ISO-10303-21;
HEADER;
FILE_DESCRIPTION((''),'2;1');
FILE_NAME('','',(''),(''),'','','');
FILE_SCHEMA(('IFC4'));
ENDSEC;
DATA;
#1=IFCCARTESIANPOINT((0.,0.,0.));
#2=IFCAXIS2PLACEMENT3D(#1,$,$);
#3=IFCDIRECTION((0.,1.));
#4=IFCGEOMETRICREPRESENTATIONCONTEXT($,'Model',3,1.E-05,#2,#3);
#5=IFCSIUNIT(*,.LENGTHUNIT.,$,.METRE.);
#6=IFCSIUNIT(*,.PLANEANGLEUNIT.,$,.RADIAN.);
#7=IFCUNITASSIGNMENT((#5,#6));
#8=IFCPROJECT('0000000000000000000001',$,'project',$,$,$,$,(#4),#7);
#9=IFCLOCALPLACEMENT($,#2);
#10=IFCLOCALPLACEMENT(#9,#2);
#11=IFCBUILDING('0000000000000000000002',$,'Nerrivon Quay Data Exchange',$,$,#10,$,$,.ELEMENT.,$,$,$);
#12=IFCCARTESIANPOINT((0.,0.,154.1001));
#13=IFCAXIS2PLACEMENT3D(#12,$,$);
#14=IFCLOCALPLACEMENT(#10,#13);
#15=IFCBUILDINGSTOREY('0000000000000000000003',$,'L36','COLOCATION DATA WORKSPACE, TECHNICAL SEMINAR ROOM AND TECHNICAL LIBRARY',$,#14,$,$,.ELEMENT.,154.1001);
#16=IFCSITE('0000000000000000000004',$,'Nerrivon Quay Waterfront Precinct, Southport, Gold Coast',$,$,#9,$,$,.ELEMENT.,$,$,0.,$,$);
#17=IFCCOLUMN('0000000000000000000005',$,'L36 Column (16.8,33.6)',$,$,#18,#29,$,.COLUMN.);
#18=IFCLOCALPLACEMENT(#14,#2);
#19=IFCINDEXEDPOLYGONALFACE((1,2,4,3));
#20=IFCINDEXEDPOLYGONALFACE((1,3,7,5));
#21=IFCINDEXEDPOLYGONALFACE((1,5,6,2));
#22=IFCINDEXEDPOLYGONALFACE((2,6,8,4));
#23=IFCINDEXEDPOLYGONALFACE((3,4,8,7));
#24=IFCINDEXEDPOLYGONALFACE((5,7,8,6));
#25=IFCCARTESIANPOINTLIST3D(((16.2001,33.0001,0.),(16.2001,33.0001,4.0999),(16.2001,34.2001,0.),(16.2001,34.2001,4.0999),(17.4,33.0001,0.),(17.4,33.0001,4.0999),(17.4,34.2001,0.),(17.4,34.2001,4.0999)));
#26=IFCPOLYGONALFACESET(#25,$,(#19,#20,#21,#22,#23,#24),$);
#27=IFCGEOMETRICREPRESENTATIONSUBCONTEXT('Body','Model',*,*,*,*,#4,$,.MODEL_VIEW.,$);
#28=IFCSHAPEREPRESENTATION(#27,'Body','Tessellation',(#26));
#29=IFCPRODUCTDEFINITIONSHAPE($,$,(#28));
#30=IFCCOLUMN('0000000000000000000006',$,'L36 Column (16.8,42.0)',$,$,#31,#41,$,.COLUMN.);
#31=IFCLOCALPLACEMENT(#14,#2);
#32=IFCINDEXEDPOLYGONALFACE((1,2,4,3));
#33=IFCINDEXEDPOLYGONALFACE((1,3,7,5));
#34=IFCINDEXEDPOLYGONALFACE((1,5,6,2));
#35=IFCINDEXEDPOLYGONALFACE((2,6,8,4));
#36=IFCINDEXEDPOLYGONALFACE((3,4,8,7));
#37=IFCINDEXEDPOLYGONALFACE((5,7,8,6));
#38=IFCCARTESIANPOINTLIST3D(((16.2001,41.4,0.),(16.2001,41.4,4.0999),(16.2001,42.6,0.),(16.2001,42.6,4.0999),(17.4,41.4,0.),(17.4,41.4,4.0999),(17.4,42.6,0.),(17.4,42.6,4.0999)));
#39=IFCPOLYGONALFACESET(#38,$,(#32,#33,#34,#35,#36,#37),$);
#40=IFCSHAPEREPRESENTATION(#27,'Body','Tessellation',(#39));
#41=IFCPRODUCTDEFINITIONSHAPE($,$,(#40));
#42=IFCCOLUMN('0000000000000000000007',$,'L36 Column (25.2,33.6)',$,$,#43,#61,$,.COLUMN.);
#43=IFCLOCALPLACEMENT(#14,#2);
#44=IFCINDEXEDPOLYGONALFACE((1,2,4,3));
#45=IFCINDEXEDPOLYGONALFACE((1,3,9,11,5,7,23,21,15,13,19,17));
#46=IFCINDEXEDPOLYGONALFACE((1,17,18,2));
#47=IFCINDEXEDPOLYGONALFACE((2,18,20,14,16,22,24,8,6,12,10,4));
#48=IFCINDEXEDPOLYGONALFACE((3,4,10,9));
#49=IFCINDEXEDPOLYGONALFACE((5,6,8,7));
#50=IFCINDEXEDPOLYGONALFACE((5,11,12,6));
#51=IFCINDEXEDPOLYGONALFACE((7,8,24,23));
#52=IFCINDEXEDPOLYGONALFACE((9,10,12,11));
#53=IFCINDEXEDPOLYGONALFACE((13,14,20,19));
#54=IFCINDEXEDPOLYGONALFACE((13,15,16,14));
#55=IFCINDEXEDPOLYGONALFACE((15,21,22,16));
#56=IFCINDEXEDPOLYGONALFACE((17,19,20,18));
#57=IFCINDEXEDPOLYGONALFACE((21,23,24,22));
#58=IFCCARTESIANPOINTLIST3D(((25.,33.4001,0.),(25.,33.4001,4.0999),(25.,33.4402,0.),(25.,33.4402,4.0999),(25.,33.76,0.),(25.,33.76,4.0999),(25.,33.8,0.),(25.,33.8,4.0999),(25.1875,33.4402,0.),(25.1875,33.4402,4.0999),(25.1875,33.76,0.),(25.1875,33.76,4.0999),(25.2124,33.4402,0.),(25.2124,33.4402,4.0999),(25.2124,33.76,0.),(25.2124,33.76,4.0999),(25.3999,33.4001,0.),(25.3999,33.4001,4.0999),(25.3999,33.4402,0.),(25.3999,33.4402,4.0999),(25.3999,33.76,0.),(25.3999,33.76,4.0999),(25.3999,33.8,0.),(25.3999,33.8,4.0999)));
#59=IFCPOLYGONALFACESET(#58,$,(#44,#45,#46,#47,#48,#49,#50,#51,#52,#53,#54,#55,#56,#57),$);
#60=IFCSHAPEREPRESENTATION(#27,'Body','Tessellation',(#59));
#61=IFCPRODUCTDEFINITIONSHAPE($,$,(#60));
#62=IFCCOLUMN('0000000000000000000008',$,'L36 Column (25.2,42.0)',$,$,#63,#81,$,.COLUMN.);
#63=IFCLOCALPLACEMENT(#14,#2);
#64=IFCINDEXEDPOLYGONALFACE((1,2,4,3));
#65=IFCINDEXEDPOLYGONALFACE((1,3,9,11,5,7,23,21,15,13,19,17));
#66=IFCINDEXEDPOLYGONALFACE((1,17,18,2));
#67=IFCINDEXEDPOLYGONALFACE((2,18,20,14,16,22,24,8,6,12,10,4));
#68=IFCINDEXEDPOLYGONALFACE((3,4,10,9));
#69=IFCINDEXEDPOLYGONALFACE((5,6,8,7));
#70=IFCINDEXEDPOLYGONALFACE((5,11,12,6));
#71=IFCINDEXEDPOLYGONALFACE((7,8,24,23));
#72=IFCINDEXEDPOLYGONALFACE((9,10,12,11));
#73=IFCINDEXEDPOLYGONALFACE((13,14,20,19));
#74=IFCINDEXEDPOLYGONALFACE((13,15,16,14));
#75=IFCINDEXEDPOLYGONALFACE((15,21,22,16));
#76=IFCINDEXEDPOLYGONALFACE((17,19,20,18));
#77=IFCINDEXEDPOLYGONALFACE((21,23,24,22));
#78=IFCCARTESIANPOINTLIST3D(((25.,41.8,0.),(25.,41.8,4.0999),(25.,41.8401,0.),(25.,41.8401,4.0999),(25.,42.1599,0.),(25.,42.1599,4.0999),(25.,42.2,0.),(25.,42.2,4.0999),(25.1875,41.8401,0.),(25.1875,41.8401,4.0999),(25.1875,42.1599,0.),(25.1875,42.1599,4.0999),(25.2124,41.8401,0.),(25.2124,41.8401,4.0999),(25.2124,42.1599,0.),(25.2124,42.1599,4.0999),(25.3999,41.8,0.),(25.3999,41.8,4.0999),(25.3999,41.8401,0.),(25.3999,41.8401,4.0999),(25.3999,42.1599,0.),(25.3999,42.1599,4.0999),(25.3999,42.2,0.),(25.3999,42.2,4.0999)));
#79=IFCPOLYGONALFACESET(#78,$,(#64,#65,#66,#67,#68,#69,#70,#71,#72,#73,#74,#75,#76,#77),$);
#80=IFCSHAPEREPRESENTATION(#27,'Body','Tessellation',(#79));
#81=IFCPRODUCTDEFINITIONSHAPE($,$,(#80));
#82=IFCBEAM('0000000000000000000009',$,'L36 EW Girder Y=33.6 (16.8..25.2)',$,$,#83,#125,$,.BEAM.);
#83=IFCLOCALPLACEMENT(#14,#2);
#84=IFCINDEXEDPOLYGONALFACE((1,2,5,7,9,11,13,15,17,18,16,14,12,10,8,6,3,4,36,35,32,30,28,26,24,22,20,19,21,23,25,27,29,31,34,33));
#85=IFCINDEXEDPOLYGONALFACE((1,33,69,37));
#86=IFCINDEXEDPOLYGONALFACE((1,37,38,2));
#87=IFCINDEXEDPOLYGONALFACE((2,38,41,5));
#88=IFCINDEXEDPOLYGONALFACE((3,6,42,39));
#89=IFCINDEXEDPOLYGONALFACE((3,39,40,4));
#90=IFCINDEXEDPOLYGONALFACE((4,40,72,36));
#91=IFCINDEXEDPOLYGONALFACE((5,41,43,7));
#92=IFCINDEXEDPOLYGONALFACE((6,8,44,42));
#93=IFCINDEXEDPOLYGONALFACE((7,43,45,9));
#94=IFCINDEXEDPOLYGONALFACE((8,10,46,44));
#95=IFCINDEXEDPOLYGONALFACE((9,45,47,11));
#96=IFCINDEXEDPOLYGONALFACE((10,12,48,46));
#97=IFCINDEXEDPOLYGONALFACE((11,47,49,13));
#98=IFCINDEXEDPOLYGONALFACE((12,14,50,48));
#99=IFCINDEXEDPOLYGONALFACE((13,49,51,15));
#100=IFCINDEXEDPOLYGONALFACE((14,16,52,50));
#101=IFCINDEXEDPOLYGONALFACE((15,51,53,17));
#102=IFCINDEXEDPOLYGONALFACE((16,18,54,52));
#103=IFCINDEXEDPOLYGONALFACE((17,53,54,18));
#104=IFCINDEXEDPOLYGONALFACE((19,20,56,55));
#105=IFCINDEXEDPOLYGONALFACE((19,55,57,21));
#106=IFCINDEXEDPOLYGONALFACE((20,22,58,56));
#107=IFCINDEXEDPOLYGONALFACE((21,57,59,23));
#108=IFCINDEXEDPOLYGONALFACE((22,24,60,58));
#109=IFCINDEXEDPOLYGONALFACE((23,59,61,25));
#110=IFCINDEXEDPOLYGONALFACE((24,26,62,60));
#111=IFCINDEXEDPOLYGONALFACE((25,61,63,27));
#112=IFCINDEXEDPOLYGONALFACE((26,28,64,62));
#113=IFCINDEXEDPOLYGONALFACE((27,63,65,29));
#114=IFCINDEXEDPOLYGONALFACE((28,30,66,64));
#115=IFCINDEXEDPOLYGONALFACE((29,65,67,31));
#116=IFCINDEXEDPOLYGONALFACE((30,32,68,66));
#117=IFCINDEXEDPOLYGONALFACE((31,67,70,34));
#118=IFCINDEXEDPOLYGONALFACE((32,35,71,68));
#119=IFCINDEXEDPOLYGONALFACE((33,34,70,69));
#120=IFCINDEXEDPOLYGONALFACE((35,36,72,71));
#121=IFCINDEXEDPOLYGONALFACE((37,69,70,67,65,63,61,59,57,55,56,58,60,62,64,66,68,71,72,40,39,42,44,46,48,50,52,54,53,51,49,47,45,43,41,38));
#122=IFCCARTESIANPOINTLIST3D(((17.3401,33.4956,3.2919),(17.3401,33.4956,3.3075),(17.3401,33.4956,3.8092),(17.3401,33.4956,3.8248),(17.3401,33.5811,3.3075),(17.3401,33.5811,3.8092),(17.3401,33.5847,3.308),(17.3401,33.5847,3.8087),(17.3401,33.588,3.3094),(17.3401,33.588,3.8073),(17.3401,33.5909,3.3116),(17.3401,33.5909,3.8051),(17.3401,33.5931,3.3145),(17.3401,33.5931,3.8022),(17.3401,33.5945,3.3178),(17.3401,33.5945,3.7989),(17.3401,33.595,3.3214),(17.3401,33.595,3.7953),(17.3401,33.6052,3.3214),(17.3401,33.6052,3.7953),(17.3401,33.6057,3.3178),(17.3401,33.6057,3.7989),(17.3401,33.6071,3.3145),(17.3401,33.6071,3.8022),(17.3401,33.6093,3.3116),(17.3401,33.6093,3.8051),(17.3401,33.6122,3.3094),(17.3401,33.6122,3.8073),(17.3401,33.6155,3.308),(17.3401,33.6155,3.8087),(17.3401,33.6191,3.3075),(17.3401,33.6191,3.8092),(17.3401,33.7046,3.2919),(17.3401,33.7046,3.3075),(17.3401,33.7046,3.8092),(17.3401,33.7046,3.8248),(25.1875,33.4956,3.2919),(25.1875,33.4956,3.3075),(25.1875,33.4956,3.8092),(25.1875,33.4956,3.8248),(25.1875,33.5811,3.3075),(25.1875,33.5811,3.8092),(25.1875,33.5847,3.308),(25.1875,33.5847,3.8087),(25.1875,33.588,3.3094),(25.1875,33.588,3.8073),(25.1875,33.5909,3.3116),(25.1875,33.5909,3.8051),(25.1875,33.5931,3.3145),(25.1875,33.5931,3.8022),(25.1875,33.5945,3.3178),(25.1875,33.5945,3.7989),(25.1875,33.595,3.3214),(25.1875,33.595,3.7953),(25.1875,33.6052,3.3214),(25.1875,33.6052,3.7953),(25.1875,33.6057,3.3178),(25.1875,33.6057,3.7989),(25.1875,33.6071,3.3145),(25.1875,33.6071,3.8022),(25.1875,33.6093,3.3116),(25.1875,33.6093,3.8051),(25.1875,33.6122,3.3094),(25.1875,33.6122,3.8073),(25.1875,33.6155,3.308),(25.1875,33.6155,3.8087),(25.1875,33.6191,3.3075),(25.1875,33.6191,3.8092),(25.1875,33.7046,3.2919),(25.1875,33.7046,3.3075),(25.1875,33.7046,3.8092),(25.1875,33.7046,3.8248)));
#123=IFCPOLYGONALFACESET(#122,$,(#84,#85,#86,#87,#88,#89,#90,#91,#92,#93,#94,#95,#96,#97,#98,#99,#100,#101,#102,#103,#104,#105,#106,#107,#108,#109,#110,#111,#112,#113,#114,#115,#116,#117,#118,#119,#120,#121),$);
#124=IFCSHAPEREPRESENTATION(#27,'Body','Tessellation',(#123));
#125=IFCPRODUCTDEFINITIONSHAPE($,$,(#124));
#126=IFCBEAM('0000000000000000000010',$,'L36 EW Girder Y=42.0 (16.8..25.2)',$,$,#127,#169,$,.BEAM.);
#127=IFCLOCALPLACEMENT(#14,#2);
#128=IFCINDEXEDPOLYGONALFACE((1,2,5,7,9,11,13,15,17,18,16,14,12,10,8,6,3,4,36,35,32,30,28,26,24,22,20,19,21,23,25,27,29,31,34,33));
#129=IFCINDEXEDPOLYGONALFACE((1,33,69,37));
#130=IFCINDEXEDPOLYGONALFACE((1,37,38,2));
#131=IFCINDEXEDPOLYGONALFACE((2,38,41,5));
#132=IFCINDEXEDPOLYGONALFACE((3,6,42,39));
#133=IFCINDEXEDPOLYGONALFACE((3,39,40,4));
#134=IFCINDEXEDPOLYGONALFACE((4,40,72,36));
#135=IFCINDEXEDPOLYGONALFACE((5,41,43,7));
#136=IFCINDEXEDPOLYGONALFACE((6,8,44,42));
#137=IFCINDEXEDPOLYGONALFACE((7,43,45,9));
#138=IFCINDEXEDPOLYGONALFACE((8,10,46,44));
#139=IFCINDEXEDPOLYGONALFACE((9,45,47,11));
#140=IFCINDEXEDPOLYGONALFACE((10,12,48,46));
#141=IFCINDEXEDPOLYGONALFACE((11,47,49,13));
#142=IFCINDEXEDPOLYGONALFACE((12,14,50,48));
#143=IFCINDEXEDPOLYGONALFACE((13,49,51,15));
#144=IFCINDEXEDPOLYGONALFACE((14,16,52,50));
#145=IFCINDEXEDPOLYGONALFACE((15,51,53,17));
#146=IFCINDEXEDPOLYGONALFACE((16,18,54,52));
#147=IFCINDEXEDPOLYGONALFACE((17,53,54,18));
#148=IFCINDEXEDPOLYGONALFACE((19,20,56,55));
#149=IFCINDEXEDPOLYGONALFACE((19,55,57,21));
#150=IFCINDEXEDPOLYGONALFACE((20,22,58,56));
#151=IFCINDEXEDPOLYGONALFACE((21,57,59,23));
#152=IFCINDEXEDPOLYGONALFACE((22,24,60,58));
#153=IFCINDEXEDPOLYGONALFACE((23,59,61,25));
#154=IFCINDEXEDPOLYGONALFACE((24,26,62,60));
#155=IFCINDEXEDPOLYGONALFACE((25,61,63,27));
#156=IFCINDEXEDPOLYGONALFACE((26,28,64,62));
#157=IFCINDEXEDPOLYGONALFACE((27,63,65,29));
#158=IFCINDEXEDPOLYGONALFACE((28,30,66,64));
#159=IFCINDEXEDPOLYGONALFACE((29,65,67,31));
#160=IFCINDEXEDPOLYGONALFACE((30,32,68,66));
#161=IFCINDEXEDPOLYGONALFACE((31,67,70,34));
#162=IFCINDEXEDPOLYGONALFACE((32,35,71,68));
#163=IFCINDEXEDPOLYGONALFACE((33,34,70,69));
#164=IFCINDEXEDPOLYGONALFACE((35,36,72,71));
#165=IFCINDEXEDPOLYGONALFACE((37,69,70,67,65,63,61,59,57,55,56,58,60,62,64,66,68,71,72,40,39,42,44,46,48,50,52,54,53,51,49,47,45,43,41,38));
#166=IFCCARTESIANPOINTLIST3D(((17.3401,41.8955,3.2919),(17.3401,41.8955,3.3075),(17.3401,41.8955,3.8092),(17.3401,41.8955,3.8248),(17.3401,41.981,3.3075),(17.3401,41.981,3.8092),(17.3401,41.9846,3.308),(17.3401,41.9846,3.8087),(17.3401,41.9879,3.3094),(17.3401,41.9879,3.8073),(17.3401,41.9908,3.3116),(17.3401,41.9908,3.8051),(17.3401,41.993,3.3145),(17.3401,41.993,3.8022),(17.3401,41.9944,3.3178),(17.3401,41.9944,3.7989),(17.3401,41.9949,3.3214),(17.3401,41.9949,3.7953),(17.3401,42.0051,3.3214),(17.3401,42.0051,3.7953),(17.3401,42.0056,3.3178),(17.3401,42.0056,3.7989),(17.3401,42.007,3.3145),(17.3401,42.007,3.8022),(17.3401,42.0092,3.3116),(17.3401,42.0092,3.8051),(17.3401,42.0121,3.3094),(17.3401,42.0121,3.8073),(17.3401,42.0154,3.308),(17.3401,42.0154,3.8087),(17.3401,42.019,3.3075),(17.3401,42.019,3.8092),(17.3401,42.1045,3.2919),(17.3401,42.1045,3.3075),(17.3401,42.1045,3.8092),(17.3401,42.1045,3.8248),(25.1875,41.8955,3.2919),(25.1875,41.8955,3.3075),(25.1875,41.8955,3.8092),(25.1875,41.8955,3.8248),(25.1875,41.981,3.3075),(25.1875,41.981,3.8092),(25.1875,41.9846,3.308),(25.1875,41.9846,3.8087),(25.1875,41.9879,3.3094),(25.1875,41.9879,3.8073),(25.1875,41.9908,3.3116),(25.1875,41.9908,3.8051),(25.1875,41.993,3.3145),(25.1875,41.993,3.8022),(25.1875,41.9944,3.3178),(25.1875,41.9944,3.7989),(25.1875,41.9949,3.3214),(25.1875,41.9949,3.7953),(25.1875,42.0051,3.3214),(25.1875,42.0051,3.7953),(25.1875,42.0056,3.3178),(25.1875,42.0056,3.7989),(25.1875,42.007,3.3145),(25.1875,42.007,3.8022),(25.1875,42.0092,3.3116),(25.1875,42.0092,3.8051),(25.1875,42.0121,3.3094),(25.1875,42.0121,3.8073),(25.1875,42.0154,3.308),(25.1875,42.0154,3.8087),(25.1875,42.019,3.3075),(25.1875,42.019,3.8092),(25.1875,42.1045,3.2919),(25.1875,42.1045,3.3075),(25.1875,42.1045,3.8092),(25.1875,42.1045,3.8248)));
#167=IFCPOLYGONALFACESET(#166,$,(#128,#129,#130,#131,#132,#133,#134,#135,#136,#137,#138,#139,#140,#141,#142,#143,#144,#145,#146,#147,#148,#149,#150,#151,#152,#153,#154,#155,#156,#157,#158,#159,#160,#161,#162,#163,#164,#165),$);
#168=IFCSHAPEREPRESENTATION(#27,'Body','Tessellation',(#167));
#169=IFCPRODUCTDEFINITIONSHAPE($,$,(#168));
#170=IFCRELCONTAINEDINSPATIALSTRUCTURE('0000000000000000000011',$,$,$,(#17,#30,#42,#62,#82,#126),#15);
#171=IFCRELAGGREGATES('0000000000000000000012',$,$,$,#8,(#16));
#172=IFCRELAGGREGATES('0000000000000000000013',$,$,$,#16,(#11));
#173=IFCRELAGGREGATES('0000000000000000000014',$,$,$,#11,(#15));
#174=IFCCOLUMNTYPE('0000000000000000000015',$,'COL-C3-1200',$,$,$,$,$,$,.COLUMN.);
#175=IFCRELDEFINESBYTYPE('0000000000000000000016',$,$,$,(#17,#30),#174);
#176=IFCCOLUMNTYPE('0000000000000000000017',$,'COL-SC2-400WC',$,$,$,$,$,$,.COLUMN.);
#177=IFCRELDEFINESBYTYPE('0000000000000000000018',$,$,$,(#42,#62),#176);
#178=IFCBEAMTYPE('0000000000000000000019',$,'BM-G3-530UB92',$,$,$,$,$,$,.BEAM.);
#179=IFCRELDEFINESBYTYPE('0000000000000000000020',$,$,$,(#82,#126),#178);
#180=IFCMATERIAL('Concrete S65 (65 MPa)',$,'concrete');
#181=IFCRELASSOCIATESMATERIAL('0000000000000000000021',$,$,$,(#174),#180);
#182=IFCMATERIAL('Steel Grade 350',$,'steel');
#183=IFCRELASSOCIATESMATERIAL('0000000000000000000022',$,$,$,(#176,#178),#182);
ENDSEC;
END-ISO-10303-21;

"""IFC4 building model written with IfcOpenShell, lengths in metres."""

from ifc_helpers import new_model, si_unit, direction, frame, origin, origin_2d, place, context, subcontext, project, spatial, rectangle, i_section, extrude, material, material_profile, profile_set, type_object, element, save


model = new_model("IFC4")

# Units and contexts
model_context = context("Model", 3, precision=1e-05, world=origin(), true_north=direction((0.0, 1.0)))
body_context = subcontext(model_context, "Body", "Model", "MODEL_VIEW")
ifc_project = project(units=[si_unit("LENGTHUNIT", "METRE"), si_unit("PLANEANGLEUNIT", "RADIAN")], contexts=[model_context])

# Site, building, storey
site_placement = place(None, origin())
site = spatial("IfcSite", under=ifc_project, at=site_placement, Name="Nerrivon Quay Waterfront Precinct, Southport, Gold Coast", CompositionType="ELEMENT", RefElevation=0.0)
building_placement = place(site_placement, origin())
building = spatial("IfcBuilding", under=site, at=building_placement, Name="Nerrivon Quay Data Exchange", CompositionType="ELEMENT")
storey_placement = place(building_placement, frame((0.0, 0.0, 154.1001)))
storey = spatial("IfcBuildingStorey", under=building, at=storey_placement, Name="L36", Description="COLOCATION DATA WORKSPACE, TECHNICAL SEMINAR ROOM AND TECHNICAL LIBRARY", CompositionType="ELEMENT", Elevation=154.1001)

# Columns
ifc_material_1 = material(Name="Concrete S65 (65 MPa)", Category="concrete")
ifc_material_profile_1 = material_profile(ifc_material_1, rectangle(XDim=1.2, YDim=1.2, at=origin_2d()), Name="RC-COL-1200x1200")
ifc_profile_set_1 = profile_set([ifc_material_profile_1], Name="Concrete S65 (65 MPa)")
column_type_1 = type_object("IfcColumnType", Name="COL-C3-1200", PredefinedType="COLUMN", material=ifc_profile_set_1)
for number, where, z_axis, x_axis, name in (
    (1, (16.8, 33.6001, 0.0), (0.0, 0.0, 1.0), (1.0, 0.0, 0.0), "L36 Column (16.8,33.6)"),
    (2, (16.8, 42.0, 0.0), (0.0, 0.0, 1.0), (1.0, 0.0, 0.0), "L36 Column (16.8,42.0)"),
):
    element("IfcColumn", number, at=place(storey_placement, frame(where, z_axis=z_axis, x_axis=x_axis)), inside=storey, type_object=column_type_1, Name=name, PredefinedType="COLUMN", context=body_context, shape_type="SweptSolid", body=[
        extrude(rectangle(XDim=1.2, YDim=1.2, at=origin_2d()), origin(), (0.0, 0.0, 1.0), 4.0999),
    ])
ifc_material_2 = material(Name="Steel Grade 350", Category="steel")
ifc_material_profile_2 = material_profile(ifc_material_2, i_section(OverallWidth=0.3999, OverallDepth=0.3999, WebThickness=0.0249, FlangeThickness=0.04, at=origin_2d()), Name="400WC328")
ifc_profile_set_2 = profile_set([ifc_material_profile_2], Name="Steel Grade 350")
column_type_2 = type_object("IfcColumnType", Name="COL-SC2-400WC", PredefinedType="COLUMN", material=ifc_profile_set_2)
for number, where, z_axis, x_axis, name in (
    (3, (25.2, 33.6001, 0.0), (0.0, 0.0, 1.0), (1.0, 0.0, 0.0), "L36 Column (25.2,33.6)"),
    (4, (25.2, 42.0, 0.0), (0.0, 0.0, 1.0), (1.0, 0.0, 0.0), "L36 Column (25.2,42.0)"),
):
    element("IfcColumn", number, at=place(storey_placement, frame(where, z_axis=z_axis, x_axis=x_axis)), inside=storey, type_object=column_type_2, Name=name, PredefinedType="COLUMN", context=body_context, shape_type="SweptSolid", body=[
        extrude(i_section(OverallWidth=0.3999, OverallDepth=0.3999, WebThickness=0.0249, FlangeThickness=0.04, at=origin_2d()), origin(), (0.0, 0.0, 1.0), 4.0999),
    ])

# Beams
ifc_material_profile_3 = material_profile(ifc_material_2, i_section(OverallWidth=0.209, OverallDepth=0.533, WebThickness=0.0103, FlangeThickness=0.0156, FilletRadius=0.0139, at=origin_2d()), Name="530UB92.4")
ifc_profile_set_3 = profile_set([ifc_material_profile_3], Name="Steel Grade 350")
beam_type_1 = type_object("IfcBeamType", Name="BM-G3-530UB92", PredefinedType="BEAM", material=ifc_profile_set_3)
for number, where, z_axis, x_axis, name in (
    (5, (17.3401, 33.6001, 3.5583), (1.0, 0.0, 0.0), (0.0, 1.0, 0.0), "L36 EW Girder Y=33.6 (16.8..25.2)"),
    (6, (17.3401, 42.0, 3.5583), (1.0, 0.0, 0.0), (0.0, 1.0, 0.0), "L36 EW Girder Y=42.0 (16.8..25.2)"),
):
    element("IfcBeam", number, at=place(storey_placement, frame(where, z_axis=z_axis, x_axis=x_axis)), inside=storey, type_object=beam_type_1, Name=name, PredefinedType="BEAM", context=body_context, shape_type="SweptSolid", body=[
        extrude(i_section(OverallWidth=0.209, OverallDepth=0.533, WebThickness=0.0103, FlangeThickness=0.0156, FilletRadius=0.0139, at=origin_2d()), origin(), (0.0, 0.0, 1.0), 7.8474),
    ])

save(model, "model.ifc")
